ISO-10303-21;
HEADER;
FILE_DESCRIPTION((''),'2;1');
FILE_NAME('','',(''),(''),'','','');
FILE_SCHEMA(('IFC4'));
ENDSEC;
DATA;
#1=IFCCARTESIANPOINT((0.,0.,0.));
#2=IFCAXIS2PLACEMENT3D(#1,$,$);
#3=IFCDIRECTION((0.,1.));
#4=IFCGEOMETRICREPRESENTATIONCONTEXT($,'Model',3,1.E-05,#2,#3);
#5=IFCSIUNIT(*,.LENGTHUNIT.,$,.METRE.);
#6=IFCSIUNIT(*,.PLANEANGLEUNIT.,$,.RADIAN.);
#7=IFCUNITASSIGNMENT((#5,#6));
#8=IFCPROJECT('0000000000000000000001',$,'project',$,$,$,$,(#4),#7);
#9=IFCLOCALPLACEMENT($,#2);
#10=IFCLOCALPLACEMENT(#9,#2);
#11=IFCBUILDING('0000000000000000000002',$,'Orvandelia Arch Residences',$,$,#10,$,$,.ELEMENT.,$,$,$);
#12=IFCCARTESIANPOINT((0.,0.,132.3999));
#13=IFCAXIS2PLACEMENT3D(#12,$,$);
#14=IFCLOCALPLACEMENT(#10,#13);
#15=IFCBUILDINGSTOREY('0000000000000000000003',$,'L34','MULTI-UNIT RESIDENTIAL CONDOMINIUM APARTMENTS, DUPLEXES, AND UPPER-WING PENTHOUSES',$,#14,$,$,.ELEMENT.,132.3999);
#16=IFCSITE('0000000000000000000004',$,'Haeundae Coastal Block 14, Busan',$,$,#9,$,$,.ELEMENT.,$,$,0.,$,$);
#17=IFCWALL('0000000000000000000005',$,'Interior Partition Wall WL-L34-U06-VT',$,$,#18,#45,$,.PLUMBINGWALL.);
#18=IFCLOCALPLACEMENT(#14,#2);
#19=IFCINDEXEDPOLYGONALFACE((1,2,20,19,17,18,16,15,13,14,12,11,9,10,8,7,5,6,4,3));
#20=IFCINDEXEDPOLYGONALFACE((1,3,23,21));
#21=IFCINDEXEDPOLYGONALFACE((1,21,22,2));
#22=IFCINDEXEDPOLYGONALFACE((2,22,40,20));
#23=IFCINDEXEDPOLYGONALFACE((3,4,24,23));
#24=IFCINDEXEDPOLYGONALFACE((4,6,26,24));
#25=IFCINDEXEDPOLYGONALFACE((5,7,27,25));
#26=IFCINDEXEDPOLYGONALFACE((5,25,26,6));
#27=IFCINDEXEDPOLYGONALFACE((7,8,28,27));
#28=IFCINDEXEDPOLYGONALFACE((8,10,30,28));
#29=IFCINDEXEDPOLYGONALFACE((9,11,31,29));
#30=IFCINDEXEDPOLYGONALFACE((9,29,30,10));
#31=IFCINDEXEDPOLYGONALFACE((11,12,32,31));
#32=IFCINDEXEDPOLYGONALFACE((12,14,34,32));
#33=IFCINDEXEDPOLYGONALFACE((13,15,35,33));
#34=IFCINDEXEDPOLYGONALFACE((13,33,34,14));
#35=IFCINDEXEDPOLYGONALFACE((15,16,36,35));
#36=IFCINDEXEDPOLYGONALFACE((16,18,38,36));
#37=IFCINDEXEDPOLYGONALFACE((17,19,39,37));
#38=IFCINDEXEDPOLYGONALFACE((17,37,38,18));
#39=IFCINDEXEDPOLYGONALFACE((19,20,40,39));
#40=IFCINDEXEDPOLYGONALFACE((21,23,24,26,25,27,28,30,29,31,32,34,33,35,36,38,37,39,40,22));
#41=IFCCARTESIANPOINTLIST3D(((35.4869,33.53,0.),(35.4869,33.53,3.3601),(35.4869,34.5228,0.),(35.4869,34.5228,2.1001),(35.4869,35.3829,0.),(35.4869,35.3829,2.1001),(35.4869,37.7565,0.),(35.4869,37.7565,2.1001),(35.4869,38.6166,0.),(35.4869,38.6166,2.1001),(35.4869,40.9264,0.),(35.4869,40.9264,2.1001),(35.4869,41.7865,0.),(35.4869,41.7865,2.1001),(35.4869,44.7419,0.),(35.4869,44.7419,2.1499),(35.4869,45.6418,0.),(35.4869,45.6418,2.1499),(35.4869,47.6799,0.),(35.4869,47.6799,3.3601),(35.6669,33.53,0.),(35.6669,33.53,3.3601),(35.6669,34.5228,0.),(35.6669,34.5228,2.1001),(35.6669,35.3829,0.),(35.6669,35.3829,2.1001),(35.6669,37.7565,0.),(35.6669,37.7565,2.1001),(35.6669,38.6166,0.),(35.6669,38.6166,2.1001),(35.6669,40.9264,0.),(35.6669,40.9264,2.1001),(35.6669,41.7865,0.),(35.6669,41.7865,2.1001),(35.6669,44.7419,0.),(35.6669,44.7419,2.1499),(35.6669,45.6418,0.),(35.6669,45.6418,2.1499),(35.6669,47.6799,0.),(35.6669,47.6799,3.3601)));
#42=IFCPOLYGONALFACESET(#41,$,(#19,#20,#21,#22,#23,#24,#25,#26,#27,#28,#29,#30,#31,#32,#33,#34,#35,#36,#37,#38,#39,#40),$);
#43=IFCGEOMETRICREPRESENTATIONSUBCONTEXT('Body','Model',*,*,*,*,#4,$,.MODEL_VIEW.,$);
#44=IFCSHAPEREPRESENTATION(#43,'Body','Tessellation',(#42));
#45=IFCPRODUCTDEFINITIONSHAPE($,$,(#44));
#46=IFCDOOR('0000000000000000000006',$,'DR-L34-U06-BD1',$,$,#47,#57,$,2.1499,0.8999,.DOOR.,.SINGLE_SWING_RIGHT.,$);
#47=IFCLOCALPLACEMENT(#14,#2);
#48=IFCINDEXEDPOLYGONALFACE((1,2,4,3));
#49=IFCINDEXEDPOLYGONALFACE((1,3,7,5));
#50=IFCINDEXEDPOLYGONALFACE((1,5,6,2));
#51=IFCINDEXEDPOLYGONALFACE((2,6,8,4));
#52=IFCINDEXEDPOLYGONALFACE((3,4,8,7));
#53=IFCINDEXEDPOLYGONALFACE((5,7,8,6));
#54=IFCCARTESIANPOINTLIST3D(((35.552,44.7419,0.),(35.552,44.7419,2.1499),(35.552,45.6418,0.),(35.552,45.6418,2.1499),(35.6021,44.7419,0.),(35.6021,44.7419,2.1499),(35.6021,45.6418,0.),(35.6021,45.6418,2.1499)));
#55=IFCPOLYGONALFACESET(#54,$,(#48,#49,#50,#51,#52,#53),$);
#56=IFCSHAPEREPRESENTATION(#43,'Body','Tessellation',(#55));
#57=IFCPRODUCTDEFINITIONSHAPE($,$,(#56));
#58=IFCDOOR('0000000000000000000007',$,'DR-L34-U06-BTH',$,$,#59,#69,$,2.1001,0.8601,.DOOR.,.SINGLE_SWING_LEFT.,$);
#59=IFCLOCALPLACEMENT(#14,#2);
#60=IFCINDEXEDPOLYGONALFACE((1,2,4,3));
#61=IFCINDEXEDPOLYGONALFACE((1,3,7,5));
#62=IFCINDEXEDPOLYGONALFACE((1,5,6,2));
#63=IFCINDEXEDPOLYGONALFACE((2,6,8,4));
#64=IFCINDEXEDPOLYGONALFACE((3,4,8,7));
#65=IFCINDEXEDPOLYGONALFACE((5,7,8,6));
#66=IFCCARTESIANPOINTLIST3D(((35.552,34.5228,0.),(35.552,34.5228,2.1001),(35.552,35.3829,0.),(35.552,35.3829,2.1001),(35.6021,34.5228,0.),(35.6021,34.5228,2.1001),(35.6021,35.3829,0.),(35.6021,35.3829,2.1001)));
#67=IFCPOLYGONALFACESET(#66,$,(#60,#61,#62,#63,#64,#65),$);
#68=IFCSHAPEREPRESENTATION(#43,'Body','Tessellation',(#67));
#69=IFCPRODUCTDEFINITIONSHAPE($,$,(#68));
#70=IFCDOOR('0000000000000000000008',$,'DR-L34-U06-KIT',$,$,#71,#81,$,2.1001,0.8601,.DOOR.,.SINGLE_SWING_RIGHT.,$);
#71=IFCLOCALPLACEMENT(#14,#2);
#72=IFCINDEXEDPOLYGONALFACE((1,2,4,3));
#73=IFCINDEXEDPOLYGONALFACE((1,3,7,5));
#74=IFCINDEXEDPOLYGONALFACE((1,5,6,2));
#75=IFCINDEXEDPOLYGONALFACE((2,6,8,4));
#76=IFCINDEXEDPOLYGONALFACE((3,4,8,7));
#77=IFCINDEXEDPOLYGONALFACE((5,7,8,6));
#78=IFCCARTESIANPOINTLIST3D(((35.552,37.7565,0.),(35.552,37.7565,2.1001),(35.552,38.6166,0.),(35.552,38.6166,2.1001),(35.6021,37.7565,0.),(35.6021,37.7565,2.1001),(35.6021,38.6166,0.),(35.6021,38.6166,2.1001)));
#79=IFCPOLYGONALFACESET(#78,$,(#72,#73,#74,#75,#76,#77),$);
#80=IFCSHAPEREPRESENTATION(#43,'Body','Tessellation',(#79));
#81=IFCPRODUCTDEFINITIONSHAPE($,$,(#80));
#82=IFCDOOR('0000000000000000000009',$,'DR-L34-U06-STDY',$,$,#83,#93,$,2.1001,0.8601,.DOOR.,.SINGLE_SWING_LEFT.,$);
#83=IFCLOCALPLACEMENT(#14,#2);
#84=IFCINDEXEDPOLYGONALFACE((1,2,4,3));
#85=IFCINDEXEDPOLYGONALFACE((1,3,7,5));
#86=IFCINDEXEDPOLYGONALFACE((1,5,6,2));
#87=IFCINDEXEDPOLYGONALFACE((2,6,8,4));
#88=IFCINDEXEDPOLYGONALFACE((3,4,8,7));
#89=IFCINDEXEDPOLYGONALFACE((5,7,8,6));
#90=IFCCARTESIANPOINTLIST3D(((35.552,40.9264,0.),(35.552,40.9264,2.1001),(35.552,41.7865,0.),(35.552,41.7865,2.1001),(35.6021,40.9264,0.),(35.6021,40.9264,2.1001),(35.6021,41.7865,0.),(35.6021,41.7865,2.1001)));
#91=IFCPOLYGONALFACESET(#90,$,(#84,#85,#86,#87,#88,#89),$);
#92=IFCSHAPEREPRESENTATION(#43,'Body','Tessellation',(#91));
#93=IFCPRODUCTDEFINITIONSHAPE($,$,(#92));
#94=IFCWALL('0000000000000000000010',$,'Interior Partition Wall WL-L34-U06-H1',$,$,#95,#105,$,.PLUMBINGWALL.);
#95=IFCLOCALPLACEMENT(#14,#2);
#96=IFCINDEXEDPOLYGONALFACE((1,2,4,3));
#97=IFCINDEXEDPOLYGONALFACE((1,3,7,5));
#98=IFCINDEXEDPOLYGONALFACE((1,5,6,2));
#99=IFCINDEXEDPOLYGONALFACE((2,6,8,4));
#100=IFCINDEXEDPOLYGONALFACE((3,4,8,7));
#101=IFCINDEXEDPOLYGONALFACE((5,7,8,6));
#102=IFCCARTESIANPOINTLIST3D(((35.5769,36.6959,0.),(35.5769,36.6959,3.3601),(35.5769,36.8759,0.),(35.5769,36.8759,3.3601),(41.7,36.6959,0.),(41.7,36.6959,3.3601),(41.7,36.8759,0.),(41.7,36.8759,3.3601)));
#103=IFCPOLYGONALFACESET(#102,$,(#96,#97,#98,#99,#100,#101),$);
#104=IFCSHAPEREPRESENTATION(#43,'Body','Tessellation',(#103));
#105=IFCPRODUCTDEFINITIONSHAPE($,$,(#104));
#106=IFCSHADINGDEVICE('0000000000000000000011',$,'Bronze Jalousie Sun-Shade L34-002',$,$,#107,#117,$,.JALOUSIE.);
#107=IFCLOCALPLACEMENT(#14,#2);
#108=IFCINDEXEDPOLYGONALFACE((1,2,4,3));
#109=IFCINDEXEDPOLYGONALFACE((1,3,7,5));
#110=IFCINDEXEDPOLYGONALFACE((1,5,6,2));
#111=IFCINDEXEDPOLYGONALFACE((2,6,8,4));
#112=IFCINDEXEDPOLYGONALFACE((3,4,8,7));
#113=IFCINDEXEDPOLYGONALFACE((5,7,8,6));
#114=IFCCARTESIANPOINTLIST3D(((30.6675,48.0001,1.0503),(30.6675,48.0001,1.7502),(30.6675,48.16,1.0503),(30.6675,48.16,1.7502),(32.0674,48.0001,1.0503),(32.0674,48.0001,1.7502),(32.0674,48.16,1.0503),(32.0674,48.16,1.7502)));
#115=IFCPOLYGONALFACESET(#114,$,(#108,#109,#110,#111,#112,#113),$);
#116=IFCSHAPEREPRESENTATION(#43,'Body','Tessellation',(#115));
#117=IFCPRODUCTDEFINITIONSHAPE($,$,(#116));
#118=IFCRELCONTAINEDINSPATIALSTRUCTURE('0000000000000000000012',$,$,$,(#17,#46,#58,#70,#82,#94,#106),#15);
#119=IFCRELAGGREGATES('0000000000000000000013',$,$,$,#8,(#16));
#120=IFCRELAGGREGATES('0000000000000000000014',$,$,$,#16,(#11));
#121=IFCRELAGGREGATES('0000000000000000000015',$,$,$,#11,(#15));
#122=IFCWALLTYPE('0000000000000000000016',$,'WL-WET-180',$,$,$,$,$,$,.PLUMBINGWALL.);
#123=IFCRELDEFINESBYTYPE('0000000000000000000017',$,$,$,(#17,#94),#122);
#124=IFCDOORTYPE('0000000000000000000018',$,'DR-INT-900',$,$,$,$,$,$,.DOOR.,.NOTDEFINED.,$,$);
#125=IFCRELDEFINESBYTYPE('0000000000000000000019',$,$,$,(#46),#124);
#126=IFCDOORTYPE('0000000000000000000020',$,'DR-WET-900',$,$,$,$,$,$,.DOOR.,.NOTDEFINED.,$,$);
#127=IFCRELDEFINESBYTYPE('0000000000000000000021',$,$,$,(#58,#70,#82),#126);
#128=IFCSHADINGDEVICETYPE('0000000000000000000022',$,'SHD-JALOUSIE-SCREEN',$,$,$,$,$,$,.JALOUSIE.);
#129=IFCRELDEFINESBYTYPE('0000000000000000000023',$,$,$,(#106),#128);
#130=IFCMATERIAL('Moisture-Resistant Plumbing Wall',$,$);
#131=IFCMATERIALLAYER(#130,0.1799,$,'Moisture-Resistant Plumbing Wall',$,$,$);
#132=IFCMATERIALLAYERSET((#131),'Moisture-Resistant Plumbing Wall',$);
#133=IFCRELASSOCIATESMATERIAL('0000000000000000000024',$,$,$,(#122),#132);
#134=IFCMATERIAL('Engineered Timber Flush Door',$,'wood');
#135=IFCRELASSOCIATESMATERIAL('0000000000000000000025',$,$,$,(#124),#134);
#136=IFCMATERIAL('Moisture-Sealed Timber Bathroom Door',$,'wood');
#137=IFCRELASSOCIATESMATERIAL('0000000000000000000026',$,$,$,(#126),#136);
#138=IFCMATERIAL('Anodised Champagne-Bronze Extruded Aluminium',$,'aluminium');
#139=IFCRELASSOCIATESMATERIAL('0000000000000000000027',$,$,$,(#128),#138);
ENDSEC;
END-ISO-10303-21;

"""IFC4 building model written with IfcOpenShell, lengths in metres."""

from ifc_helpers import new_model, si_unit, direction, frame, frame_2d, origin, origin_2d, place, context, subcontext, project, spatial, rectangle, extrude, material, layer, layer_set, type_object, element, fill, save


model = new_model("IFC4")

# Units and contexts
model_context = context("Model", 3, precision=1e-05, world=origin(), true_north=direction((0.0, 1.0)))
body_context = subcontext(model_context, "Body", "Model", "MODEL_VIEW")
ifc_project = project(units=[si_unit("LENGTHUNIT", "METRE"), si_unit("PLANEANGLEUNIT", "RADIAN")], contexts=[model_context])

# Site, building, storey
site_placement = place(None, origin())
site = spatial("IfcSite", under=ifc_project, at=site_placement, Name="Haeundae Coastal Block 14, Busan", CompositionType="ELEMENT", RefElevation=0.0)
building_placement = place(site_placement, origin())
building = spatial("IfcBuilding", under=site, at=building_placement, Name="Orvandelia Arch Residences", CompositionType="ELEMENT")
storey_placement = place(building_placement, frame((0.0, 0.0, 132.3999)))
storey = spatial("IfcBuildingStorey", under=building, at=storey_placement, Name="L34", Description="MULTI-UNIT RESIDENTIAL CONDOMINIUM APARTMENTS, DUPLEXES, AND UPPER-WING PENTHOUSES", CompositionType="ELEMENT", Elevation=132.3999)

# Wall, openings, doors
ifc_material_1 = material(Name="Moisture-Resistant Plumbing Wall")
ifc_layer_1 = layer(ifc_material_1, 0.1799, Name="Moisture-Resistant Plumbing Wall")
ifc_layer_set_1 = layer_set([ifc_layer_1], Name="Moisture-Resistant Plumbing Wall")
wall_type_1 = type_object("IfcWallType", Name="WL-WET-180", PredefinedType="PLUMBINGWALL", material=ifc_layer_set_1)
wall_1_placement = place(storey_placement, frame((35.5769, 33.53, 0.0), z_axis=(0.0, 0.0, 1.0), x_axis=(0.0, 1.0, 0.0)))
wall_1 = element("IfcWall", 1, at=wall_1_placement, inside=storey, type_object=wall_type_1, Name="Interior Partition Wall WL-L34-U06-VT", PredefinedType="PLUMBINGWALL", context=body_context, shape_type="SweptSolid", body=[
    extrude(rectangle(XDim=14.1499, YDim=0.1799, at=frame_2d((7.075, 0.0))), origin(), (0.0, 0.0, 1.0), 3.3601),
])
opening_1_placement = place(wall_1_placement, frame((0.9927, 0.0, 0.0)))
opening_1 = element("IfcOpeningElement", 2, at=opening_1_placement, cuts=wall_1, PredefinedType="OPENING", context=body_context, shape_type="SweptSolid", body=[
    extrude(rectangle(XDim=0.8601, YDim=2.1001, at=frame_2d((0.4302, 1.05))), frame((0.0, 0.1001, 0.0), z_axis=(0.0, -1.0, 0.0), x_axis=(1.0, 0.0, 0.0)), (0.0, 0.0, 1.0), 0.2),
])
opening_2_placement = place(wall_1_placement, frame((4.2263, 0.0, 0.0)))
opening_2 = element("IfcOpeningElement", 3, at=opening_2_placement, cuts=wall_1, PredefinedType="OPENING", context=body_context, shape_type="SweptSolid", body=[
    extrude(rectangle(XDim=0.8601, YDim=2.1001, at=frame_2d((0.4302, 1.05))), frame((0.0, 0.1001, 0.0), z_axis=(0.0, -1.0, 0.0), x_axis=(1.0, 0.0, 0.0)), (0.0, 0.0, 1.0), 0.2),
])
opening_3_placement = place(wall_1_placement, frame((7.3962, 0.0, 0.0)))
opening_3 = element("IfcOpeningElement", 4, at=opening_3_placement, cuts=wall_1, PredefinedType="OPENING", context=body_context, shape_type="SweptSolid", body=[
    extrude(rectangle(XDim=0.8601, YDim=2.1001, at=frame_2d((0.4302, 1.05))), frame((0.0, 0.1001, 0.0), z_axis=(0.0, -1.0, 0.0), x_axis=(1.0, 0.0, 0.0)), (0.0, 0.0, 1.0), 0.2),
])
opening_4_placement = place(wall_1_placement, frame((11.2119, 0.0, 0.0)))
opening_4 = element("IfcOpeningElement", 5, at=opening_4_placement, cuts=wall_1, PredefinedType="OPENING", context=body_context, shape_type="SweptSolid", body=[
    extrude(rectangle(XDim=0.8999, YDim=2.1499, at=frame_2d((0.45, 1.075))), frame((0.0, 0.1001, 0.0), z_axis=(0.0, -1.0, 0.0), x_axis=(1.0, 0.0, 0.0)), (0.0, 0.0, 1.0), 0.2),
])
ifc_material_2 = material(Name="Engineered Timber Flush Door", Category="wood")
door_type_1 = type_object("IfcDoorType", Name="DR-INT-900", OperationType="NOTDEFINED", PredefinedType="DOOR", material=ifc_material_2)
door_1_placement = place(opening_4_placement, origin())
door_1 = element("IfcDoor", 6, at=door_1_placement, inside=storey, type_object=door_type_1, Name="DR-L34-U06-BD1", OperationType="SINGLE_SWING_RIGHT", OverallHeight=2.1499, OverallWidth=0.8999, PredefinedType="DOOR", context=body_context, shape_type="SweptSolid", body=[
    extrude(rectangle(XDim=0.8999, YDim=2.1499, at=frame_2d((0.45, 1.075))), frame((0.0, 0.0249, 0.0), z_axis=(0.0, -1.0, 0.0), x_axis=(1.0, 0.0, 0.0)), (0.0, 0.0, 1.0), 0.05),
])
fill(opening_4, door_1)
ifc_material_3 = material(Name="Moisture-Sealed Timber Bathroom Door", Category="wood")
door_type_2 = type_object("IfcDoorType", Name="DR-WET-900", OperationType="NOTDEFINED", PredefinedType="DOOR", material=ifc_material_3)
door_2_placement = place(opening_1_placement, origin())
door_2 = element("IfcDoor", 7, at=door_2_placement, inside=storey, type_object=door_type_2, Name="DR-L34-U06-BTH", OperationType="SINGLE_SWING_LEFT", OverallHeight=2.1001, OverallWidth=0.8601, PredefinedType="DOOR", context=body_context, shape_type="SweptSolid", body=[
    extrude(rectangle(XDim=0.8601, YDim=2.1001, at=frame_2d((0.4302, 1.05))), frame((0.0, 0.0249, 0.0), z_axis=(0.0, -1.0, 0.0), x_axis=(1.0, 0.0, 0.0)), (0.0, 0.0, 1.0), 0.05),
])
fill(opening_1, door_2)
door_3_placement = place(opening_2_placement, origin())
door_3 = element("IfcDoor", 8, at=door_3_placement, inside=storey, type_object=door_type_2, Name="DR-L34-U06-KIT", OperationType="SINGLE_SWING_RIGHT", OverallHeight=2.1001, OverallWidth=0.8601, PredefinedType="DOOR", context=body_context, shape_type="SweptSolid", body=[
    extrude(rectangle(XDim=0.8601, YDim=2.1001, at=frame_2d((0.4302, 1.05))), frame((0.0, 0.0249, 0.0), z_axis=(0.0, -1.0, 0.0), x_axis=(1.0, 0.0, 0.0)), (0.0, 0.0, 1.0), 0.05),
])
fill(opening_2, door_3)
door_4_placement = place(opening_3_placement, origin())
door_4 = element("IfcDoor", 9, at=door_4_placement, inside=storey, type_object=door_type_2, Name="DR-L34-U06-STDY", OperationType="SINGLE_SWING_LEFT", OverallHeight=2.1001, OverallWidth=0.8601, PredefinedType="DOOR", context=body_context, shape_type="SweptSolid", body=[
    extrude(rectangle(XDim=0.8601, YDim=2.1001, at=frame_2d((0.4302, 1.05))), frame((0.0, 0.0249, 0.0), z_axis=(0.0, -1.0, 0.0), x_axis=(1.0, 0.0, 0.0)), (0.0, 0.0, 1.0), 0.05),
])
fill(opening_3, door_4)

# Wall
wall_2_placement = place(storey_placement, frame((35.5769, 36.7859, 0.0), z_axis=(0.0, 0.0, 1.0), x_axis=(1.0, 0.0, 0.0)))
element("IfcWall", 10, at=wall_2_placement, inside=storey, type_object=wall_type_1, Name="Interior Partition Wall WL-L34-U06-H1", PredefinedType="PLUMBINGWALL", context=body_context, shape_type="SweptSolid", body=[
    extrude(rectangle(XDim=6.123, YDim=0.1799, at=frame_2d((3.0615, 0.0))), origin(), (0.0, 0.0, 1.0), 3.3601),
])

# Shading device
ifc_material_4 = material(Name="Anodised Champagne-Bronze Extruded Aluminium", Category="aluminium")
shading_device_type = type_object("IfcShadingDeviceType", Name="SHD-JALOUSIE-SCREEN", PredefinedType="JALOUSIE", material=ifc_material_4)
shading_device_placement = place(storey_placement, frame((31.3674, 48.0801, 1.0503), z_axis=(0.0, 0.0, 1.0), x_axis=(1.0, 0.0, 0.0)))
element("IfcShadingDevice", 11, at=shading_device_placement, inside=storey, type_object=shading_device_type, Name="Bronze Jalousie Sun-Shade L34-002", PredefinedType="JALOUSIE", context=body_context, shape_type="SweptSolid", body=[
    extrude(rectangle(XDim=1.3999, YDim=0.1599, at=origin_2d()), origin(), (0.0, 0.0, 1.0), 0.7),
])

save(model, "model.ifc")
